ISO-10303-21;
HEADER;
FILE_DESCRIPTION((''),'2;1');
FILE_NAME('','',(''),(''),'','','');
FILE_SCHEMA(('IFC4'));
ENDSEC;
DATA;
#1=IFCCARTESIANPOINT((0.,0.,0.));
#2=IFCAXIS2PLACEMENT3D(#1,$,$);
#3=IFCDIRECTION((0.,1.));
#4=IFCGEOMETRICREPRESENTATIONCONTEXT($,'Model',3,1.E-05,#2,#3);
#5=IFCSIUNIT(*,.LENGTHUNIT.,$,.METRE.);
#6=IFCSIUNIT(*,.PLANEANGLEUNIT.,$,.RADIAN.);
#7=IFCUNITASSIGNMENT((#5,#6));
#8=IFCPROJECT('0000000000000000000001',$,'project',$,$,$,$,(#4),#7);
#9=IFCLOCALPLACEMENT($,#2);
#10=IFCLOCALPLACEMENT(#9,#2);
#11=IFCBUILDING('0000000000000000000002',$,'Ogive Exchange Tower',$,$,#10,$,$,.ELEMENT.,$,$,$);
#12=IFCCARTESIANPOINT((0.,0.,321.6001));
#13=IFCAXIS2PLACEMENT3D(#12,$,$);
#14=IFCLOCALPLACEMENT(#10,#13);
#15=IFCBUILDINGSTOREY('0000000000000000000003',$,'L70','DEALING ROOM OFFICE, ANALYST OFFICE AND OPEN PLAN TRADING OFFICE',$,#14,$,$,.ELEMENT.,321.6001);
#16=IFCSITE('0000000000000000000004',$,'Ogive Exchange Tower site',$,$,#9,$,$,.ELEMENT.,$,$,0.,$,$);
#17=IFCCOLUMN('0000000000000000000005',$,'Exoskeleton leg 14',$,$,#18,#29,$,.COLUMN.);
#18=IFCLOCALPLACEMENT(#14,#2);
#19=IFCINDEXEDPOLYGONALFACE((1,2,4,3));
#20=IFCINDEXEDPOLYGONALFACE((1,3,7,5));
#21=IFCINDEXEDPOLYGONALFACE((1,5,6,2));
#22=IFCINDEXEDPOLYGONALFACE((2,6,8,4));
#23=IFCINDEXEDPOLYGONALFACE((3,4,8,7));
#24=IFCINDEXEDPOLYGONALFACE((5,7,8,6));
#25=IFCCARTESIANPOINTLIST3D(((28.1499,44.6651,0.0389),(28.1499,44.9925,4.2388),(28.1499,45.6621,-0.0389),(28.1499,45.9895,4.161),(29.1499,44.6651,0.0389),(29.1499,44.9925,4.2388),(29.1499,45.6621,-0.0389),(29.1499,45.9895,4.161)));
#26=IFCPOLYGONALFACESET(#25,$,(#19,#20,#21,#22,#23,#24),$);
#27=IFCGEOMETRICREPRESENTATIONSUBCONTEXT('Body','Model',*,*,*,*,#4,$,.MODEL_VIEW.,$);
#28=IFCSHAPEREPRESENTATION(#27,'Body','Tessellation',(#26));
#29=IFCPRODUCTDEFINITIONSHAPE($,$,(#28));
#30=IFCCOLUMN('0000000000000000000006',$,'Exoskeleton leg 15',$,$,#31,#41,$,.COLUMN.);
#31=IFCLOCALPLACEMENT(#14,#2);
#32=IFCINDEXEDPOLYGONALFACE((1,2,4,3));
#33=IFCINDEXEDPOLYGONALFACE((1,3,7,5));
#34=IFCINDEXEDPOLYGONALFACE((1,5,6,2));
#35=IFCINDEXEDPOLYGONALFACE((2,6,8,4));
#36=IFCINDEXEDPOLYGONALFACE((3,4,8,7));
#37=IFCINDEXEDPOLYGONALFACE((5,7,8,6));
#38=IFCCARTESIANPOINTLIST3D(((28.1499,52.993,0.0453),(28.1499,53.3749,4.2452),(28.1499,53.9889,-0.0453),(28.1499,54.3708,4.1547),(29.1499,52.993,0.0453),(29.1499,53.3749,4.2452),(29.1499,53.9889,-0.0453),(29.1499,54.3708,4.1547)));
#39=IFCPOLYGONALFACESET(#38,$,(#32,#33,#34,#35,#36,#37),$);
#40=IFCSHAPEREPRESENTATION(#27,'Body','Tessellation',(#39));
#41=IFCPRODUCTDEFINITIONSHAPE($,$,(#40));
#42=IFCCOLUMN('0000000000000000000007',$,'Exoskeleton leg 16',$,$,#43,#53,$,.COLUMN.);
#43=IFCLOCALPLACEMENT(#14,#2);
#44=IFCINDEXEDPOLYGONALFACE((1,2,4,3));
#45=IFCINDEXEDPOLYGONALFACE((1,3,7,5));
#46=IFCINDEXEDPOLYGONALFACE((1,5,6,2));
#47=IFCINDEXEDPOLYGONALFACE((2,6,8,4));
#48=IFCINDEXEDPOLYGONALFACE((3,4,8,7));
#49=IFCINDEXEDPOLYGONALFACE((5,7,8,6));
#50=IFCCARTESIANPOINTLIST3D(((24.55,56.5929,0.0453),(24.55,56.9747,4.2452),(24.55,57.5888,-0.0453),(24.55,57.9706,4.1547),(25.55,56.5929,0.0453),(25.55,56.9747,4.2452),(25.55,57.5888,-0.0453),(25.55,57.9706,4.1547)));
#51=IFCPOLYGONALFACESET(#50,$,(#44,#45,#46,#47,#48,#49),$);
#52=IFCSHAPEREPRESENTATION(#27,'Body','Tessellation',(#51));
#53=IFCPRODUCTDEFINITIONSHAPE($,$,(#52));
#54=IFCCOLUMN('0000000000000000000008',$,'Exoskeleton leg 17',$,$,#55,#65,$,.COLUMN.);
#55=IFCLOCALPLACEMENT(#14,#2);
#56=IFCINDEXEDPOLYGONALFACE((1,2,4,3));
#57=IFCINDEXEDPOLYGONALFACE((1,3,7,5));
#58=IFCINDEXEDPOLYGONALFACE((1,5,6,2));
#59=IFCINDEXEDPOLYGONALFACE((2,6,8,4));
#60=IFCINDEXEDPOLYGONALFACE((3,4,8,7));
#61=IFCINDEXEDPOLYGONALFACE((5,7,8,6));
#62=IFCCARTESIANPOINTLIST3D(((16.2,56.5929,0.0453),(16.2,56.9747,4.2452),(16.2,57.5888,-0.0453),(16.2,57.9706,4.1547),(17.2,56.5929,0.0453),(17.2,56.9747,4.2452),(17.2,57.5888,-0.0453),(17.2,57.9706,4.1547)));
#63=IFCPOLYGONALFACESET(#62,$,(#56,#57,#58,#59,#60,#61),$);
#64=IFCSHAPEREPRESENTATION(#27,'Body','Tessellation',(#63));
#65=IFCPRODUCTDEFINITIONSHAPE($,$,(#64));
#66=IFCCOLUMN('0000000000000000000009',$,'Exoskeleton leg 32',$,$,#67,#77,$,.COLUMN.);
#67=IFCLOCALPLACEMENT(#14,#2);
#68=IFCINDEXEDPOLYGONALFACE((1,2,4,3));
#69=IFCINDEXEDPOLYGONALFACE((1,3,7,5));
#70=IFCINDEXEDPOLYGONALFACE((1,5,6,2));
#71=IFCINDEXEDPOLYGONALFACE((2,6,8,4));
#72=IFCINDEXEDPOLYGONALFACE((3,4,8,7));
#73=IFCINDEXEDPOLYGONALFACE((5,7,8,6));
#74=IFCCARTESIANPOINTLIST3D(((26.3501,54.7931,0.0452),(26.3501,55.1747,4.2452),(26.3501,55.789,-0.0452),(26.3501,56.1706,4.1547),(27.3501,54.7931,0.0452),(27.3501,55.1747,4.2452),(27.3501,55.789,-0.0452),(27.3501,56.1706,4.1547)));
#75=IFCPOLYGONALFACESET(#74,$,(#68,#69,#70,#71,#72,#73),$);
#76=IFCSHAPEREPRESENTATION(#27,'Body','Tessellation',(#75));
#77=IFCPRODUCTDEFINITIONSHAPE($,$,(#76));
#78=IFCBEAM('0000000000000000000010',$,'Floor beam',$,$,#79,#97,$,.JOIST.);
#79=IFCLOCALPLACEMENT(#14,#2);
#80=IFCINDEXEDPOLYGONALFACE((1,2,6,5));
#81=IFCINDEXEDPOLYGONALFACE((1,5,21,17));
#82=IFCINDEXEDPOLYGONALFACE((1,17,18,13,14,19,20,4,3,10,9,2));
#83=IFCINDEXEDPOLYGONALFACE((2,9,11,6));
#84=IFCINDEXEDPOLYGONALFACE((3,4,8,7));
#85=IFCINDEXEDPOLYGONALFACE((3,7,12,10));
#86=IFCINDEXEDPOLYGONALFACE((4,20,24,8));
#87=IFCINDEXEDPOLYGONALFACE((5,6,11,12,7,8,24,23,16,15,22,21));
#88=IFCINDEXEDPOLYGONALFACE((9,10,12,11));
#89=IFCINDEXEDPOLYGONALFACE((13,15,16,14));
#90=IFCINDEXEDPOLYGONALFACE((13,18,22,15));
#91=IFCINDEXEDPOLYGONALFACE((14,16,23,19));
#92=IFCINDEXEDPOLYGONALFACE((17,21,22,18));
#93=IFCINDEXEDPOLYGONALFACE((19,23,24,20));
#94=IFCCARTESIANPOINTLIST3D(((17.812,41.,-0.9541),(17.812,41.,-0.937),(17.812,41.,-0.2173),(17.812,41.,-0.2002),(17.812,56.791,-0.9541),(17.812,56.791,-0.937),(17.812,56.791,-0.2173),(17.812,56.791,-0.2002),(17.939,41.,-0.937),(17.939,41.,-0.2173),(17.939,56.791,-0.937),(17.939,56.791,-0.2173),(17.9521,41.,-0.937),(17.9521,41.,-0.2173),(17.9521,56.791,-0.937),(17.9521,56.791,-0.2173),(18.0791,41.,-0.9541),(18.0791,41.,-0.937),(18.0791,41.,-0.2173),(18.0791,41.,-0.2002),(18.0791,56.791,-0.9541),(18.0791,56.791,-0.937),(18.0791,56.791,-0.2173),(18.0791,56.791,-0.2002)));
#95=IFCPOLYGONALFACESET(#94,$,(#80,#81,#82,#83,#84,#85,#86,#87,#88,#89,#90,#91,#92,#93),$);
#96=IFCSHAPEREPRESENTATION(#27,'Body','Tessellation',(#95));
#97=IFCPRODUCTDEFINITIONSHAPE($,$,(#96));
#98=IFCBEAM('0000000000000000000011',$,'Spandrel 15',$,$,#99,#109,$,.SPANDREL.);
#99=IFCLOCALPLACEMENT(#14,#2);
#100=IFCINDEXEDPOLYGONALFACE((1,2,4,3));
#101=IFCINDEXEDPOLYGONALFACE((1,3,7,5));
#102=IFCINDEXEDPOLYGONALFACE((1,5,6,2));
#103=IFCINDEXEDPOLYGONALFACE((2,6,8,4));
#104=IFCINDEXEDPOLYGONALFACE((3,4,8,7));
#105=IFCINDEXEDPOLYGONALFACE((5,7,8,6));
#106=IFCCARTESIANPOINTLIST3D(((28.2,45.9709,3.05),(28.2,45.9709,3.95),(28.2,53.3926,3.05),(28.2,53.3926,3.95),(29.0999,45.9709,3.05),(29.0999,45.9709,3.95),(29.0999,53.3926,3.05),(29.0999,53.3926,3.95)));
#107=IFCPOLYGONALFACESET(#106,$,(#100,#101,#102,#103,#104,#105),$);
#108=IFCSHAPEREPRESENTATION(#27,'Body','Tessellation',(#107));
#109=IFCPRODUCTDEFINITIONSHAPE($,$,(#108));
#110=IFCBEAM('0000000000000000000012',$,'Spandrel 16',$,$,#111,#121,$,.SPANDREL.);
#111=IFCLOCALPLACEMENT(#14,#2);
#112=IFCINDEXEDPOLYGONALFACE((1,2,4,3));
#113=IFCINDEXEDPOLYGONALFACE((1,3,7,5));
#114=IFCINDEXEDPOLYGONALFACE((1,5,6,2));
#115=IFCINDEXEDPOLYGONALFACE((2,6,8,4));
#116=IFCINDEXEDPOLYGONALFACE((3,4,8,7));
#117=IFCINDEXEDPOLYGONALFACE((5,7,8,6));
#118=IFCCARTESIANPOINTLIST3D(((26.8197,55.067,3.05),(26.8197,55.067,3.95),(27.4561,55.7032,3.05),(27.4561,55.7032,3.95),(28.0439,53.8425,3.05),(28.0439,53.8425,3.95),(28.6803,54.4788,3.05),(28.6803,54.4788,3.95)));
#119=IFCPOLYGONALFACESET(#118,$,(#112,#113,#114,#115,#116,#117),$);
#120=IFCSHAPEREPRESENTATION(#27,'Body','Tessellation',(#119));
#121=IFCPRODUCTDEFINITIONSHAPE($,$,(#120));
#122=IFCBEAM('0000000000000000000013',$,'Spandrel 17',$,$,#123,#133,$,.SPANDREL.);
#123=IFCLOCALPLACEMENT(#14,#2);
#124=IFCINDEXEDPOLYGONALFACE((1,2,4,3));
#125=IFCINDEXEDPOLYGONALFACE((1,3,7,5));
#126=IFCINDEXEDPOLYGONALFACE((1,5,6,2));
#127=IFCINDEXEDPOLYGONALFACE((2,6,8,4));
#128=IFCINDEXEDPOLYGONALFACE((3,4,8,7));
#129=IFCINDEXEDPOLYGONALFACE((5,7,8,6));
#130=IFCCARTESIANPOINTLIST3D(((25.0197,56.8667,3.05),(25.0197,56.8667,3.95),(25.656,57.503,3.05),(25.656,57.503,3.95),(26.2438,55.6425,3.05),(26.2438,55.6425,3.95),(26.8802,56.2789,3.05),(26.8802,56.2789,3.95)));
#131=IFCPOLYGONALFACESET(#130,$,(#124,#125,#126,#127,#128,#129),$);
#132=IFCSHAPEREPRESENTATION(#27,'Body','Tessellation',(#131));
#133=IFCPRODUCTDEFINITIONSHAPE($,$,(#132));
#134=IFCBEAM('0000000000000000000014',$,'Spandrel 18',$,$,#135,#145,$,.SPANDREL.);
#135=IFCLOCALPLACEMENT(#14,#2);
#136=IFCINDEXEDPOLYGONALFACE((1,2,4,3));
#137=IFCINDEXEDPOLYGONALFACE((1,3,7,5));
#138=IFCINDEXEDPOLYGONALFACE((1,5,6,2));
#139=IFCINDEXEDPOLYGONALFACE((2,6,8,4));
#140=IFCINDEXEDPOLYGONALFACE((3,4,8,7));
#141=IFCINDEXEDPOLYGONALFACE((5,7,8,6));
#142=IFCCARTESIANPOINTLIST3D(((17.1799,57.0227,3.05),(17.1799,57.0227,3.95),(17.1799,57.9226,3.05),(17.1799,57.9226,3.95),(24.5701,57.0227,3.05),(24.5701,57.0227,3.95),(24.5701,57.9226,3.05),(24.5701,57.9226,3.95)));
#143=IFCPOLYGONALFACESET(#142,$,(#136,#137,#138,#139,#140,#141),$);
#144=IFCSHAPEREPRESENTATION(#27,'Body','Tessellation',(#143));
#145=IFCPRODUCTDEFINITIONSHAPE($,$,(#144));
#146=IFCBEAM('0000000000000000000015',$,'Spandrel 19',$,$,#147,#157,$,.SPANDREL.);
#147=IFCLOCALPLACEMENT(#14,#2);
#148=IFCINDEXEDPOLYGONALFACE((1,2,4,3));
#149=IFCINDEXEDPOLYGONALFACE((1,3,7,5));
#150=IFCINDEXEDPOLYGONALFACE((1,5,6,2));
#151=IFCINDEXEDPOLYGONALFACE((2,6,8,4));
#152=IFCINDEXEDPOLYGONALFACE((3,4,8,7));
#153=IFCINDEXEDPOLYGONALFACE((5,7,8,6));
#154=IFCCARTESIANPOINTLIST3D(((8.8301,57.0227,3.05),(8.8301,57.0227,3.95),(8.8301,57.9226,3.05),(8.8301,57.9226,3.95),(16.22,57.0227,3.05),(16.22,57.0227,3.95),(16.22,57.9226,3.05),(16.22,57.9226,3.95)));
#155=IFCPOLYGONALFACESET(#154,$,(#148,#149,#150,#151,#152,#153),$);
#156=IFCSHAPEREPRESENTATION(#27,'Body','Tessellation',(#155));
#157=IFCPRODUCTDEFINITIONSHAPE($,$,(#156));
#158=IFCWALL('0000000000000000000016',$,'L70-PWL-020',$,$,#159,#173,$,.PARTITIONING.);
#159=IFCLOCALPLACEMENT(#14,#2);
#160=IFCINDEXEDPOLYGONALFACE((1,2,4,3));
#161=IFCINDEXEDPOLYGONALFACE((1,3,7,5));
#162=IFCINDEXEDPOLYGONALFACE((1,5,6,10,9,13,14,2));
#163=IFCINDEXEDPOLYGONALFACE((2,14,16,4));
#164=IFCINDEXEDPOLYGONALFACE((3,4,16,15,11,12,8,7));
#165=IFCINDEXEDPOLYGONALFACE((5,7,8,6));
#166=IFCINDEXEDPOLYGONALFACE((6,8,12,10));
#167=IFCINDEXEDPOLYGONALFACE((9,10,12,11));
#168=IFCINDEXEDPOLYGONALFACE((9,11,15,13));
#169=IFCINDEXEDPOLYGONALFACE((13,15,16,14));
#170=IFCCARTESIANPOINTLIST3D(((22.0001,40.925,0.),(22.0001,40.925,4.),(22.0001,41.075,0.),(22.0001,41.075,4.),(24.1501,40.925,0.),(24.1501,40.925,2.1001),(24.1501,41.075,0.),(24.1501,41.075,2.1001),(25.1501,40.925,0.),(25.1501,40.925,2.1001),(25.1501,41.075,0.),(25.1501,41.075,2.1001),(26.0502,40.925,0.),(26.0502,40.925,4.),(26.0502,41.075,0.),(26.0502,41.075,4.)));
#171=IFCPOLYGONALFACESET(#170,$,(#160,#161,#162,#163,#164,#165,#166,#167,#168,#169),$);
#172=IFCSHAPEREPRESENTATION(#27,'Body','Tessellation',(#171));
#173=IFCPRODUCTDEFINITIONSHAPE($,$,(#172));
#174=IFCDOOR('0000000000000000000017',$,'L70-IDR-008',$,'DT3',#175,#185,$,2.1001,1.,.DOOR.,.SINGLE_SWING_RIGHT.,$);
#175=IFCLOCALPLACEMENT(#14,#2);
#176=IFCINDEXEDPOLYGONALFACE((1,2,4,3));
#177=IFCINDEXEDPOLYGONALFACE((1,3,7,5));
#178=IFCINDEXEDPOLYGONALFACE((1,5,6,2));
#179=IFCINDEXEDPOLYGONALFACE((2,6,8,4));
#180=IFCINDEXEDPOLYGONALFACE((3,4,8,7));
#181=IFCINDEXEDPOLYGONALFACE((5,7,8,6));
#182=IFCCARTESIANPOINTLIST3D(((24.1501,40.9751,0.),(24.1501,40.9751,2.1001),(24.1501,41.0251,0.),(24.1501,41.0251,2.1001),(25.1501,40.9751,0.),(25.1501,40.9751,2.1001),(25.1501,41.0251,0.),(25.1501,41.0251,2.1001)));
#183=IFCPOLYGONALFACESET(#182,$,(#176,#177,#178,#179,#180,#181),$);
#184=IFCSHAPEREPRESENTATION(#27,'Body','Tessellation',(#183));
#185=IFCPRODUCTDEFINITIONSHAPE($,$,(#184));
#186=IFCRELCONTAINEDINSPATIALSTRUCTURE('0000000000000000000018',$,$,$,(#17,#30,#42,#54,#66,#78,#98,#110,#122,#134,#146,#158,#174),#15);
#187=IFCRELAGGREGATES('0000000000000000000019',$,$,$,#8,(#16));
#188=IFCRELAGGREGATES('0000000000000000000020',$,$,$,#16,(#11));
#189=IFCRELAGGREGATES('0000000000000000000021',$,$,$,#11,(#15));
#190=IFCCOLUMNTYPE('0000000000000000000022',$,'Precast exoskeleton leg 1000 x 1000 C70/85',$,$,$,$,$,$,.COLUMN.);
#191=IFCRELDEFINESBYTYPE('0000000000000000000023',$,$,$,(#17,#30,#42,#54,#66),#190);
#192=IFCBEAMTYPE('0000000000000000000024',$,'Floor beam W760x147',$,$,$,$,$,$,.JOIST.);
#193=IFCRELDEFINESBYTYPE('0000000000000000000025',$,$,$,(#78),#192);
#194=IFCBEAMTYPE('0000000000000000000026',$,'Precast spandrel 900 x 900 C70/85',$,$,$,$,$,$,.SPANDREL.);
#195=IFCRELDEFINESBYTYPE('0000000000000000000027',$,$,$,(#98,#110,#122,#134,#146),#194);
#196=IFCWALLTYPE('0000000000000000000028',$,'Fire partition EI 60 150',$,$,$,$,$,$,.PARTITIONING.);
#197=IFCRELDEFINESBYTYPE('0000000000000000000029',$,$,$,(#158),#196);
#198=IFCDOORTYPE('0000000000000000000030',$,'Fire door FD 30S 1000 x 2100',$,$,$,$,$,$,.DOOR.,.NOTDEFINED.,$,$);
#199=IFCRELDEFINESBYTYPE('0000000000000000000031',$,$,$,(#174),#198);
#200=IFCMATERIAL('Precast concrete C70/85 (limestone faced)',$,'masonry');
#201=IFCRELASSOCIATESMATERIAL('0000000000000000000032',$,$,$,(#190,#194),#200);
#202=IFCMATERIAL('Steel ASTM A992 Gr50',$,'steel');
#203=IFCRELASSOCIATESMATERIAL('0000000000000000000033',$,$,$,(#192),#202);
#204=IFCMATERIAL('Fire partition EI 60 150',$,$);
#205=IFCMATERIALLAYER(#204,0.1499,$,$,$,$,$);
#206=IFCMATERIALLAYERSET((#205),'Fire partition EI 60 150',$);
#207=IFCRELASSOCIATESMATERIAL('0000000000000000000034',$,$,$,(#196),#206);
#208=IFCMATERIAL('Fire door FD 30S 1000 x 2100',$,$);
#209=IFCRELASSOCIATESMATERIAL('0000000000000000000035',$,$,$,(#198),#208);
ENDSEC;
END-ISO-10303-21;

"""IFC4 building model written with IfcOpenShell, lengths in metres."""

from ifc_helpers import new_model, si_unit, direction, frame, frame_2d, origin, origin_2d, place, context, subcontext, project, spatial, rectangle, i_section, extrude, material, layer, layer_set, material_profile, profile_set, type_object, element, fill, save


model = new_model("IFC4")

# Units and contexts
model_context = context("Model", 3, precision=1e-05, world=origin(), true_north=direction((0.0, 1.0)))
body_context = subcontext(model_context, "Body", "Model", "MODEL_VIEW")
ifc_project = project(units=[si_unit("LENGTHUNIT", "METRE"), si_unit("PLANEANGLEUNIT", "RADIAN")], contexts=[model_context])

# Site, building, storey
site_placement = place(None, origin())
site = spatial("IfcSite", under=ifc_project, at=site_placement, Name="Ogive Exchange Tower site", CompositionType="ELEMENT", RefElevation=0.0)
building_placement = place(site_placement, origin())
building = spatial("IfcBuilding", under=site, at=building_placement, Name="Ogive Exchange Tower", CompositionType="ELEMENT")
storey_placement = place(building_placement, frame((0.0, 0.0, 321.6001)))
storey = spatial("IfcBuildingStorey", under=building, at=storey_placement, Name="L70", Description="DEALING ROOM OFFICE, ANALYST OFFICE AND OPEN PLAN TRADING OFFICE", CompositionType="ELEMENT", Elevation=321.6001)

# Columns
ifc_material_1 = material(Name="Precast concrete C70/85 (limestone faced)", Category="masonry")
ifc_material_profile_1 = material_profile(ifc_material_1, rectangle(XDim=1.0, YDim=1.0, at=origin_2d()), Name="1000 x 1000")
ifc_profile_set_1 = profile_set([ifc_material_profile_1], Name="Precast concrete C70/85 (limestone faced)")
column_type = type_object("IfcColumnType", Name="Precast exoskeleton leg 1000 x 1000 C70/85", PredefinedType="COLUMN", material=ifc_profile_set_1)
column_placement = place(storey_placement, frame((28.6499, 45.1636, 0.0), z_axis=(0.0, 0.077716, 0.996976), x_axis=(-1.0, 0.0, 0.0)))
element("IfcColumn", 1, at=column_placement, inside=storey, type_object=column_type, Name="Exoskeleton leg 14", PredefinedType="COLUMN", context=body_context, shape_type="SweptSolid", body=[
    extrude(rectangle(XDim=1.0, YDim=1.0, at=origin_2d()), origin(), (0.0, 0.0, 1.0), 4.2126),
])
for number, where, z_axis, x_axis, name in (
    (2, (28.6499, 53.491, 0.0), (0.0, 0.090541, 0.995893), (-1.0, 0.0, 0.0), "Exoskeleton leg 15"),
    (3, (25.05, 57.0908, 0.0), (0.0, 0.090541, 0.995893), (-1.0, 0.0, 0.0), "Exoskeleton leg 16"),
    (4, (16.7, 57.0908, 0.0), (0.0, 0.090541, 0.995893), (-1.0, 0.0, 0.0), "Exoskeleton leg 17"),
    (5, (26.8501, 55.291, 0.0), (0.0, 0.090484, 0.995898), (-1.0, 0.0, 0.0), "Exoskeleton leg 32"),
):
    element("IfcColumn", number, at=place(storey_placement, frame(where, z_axis=z_axis, x_axis=x_axis)), inside=storey, type_object=column_type, Name=name, PredefinedType="COLUMN", context=body_context, shape_type="SweptSolid", body=[
        extrude(rectangle(XDim=1.0, YDim=1.0, at=origin_2d()), origin(), (0.0, 0.0, 1.0), 4.2173),
    ])

# Beams
ifc_material_2 = material(Name="Steel ASTM A992 Gr50", Category="steel")
ifc_material_profile_2 = material_profile(ifc_material_2, i_section(OverallWidth=0.2671, OverallDepth=0.7539, WebThickness=0.0132, FlangeThickness=0.0171, at=origin_2d()), Name="W760x147")
ifc_profile_set_2 = profile_set([ifc_material_profile_2], Name="Steel ASTM A992 Gr50")
beam_type_1 = type_object("IfcBeamType", Name="Floor beam W760x147", PredefinedType="JOIST", material=ifc_profile_set_2)
beam_1_placement = place(storey_placement, frame((17.9456, 41.0, -0.5771), z_axis=(0.0, 1.0, 0.0), x_axis=(-1.0, 0.0, 0.0)))
element("IfcBeam", 6, at=beam_1_placement, inside=storey, type_object=beam_type_1, Name="Floor beam", PredefinedType="JOIST", context=body_context, shape_type="SweptSolid", body=[
    extrude(i_section(OverallWidth=0.2671, OverallDepth=0.7539, WebThickness=0.0132, FlangeThickness=0.0171, at=origin_2d()), origin(), (0.0, 0.0, 1.0), 15.791),
])
ifc_material_profile_3 = material_profile(ifc_material_1, rectangle(XDim=0.8999, YDim=0.8999, at=origin_2d()), Name="900 x 900")
ifc_profile_set_3 = profile_set([ifc_material_profile_3], Name="Precast concrete C70/85 (limestone faced)")
beam_type_2 = type_object("IfcBeamType", Name="Precast spandrel 900 x 900 C70/85", PredefinedType="SPANDREL", material=ifc_profile_set_3)
beam_2_placement = place(storey_placement, frame((28.6499, 45.9709, 3.5), z_axis=(0.0, 1.0, 0.0), x_axis=(-1.0, 0.0, 0.0)))
element("IfcBeam", 7, at=beam_2_placement, inside=storey, type_object=beam_type_2, Name="Spandrel 15", PredefinedType="SPANDREL", context=body_context, shape_type="SweptSolid", body=[
    extrude(rectangle(XDim=0.8999, YDim=0.8999, at=origin_2d()), origin(), (0.0, 0.0, 1.0), 7.4216),
])
beam_3_placement = place(storey_placement, frame((28.3621, 54.1606, 3.5), z_axis=(-0.707036, 0.707177, 0.0), x_axis=(-0.707177, -0.707036, 0.0)))
element("IfcBeam", 8, at=beam_3_placement, inside=storey, type_object=beam_type_2, Name="Spandrel 16", PredefinedType="SPANDREL", context=body_context, shape_type="SweptSolid", body=[
    extrude(rectangle(XDim=0.8999, YDim=0.8999, at=origin_2d()), origin(), (0.0, 0.0, 1.0), 1.7314),
])
beam_4_placement = place(storey_placement, frame((26.562, 55.9607, 3.5), z_axis=(-0.707107, 0.707107, 0.0), x_axis=(-0.707107, -0.707107, 0.0)))
element("IfcBeam", 9, at=beam_4_placement, inside=storey, type_object=beam_type_2, Name="Spandrel 17", PredefinedType="SPANDREL", context=body_context, shape_type="SweptSolid", body=[
    extrude(rectangle(XDim=0.8999, YDim=0.8999, at=origin_2d()), origin(), (0.0, 0.0, 1.0), 1.7312),
])
beam_5_placement = place(storey_placement, frame((24.5701, 57.4727, 3.5), z_axis=(-1.0, 0.0, 0.0), x_axis=(0.0, -1.0, 0.0)))
element("IfcBeam", 10, at=beam_5_placement, inside=storey, type_object=beam_type_2, Name="Spandrel 18", PredefinedType="SPANDREL", context=body_context, shape_type="SweptSolid", body=[
    extrude(rectangle(XDim=0.8999, YDim=0.8999, at=origin_2d()), origin(), (0.0, 0.0, 1.0), 7.3901),
])
beam_6_placement = place(storey_placement, frame((16.22, 57.4727, 3.5), z_axis=(-1.0, 0.0, 0.0), x_axis=(0.0, -1.0, 0.0)))
element("IfcBeam", 11, at=beam_6_placement, inside=storey, type_object=beam_type_2, Name="Spandrel 19", PredefinedType="SPANDREL", context=body_context, shape_type="SweptSolid", body=[
    extrude(rectangle(XDim=0.8999, YDim=0.8999, at=origin_2d()), origin(), (0.0, 0.0, 1.0), 7.3899),
])

# Wall, opening, door
ifc_material_3 = material(Name="Fire partition EI 60 150")
ifc_layer_1 = layer(ifc_material_3, 0.1499)
ifc_layer_set_1 = layer_set([ifc_layer_1], Name="Fire partition EI 60 150")
wall_type_1 = type_object("IfcWallType", Name="Fire partition EI 60 150", PredefinedType="PARTITIONING", material=ifc_layer_set_1)
wall_1_placement = place(storey_placement, frame((26.05, 41.0, 0.0), z_axis=(0.0, 0.0, 1.0), x_axis=(-1.0, 0.0, 0.0)))
wall_1 = element("IfcWall", 12, at=wall_1_placement, inside=storey, type_object=wall_type_1, Name="L70-PWL-020", PredefinedType="PARTITIONING", context=body_context, shape_type="SweptSolid", body=[
    extrude(rectangle(XDim=4.05, YDim=0.1499, at=frame_2d((2.0249, 0.0))), origin(), (0.0, 0.0, 1.0), 4.0),
])
opening_1_placement = place(wall_1_placement, frame((0.8999, 0.0, 0.0)))
opening_1 = element("IfcOpeningElement", 13, at=opening_1_placement, cuts=wall_1, PredefinedType="OPENING", context=body_context, shape_type="SweptSolid", body=[
    extrude(rectangle(XDim=1.0, YDim=2.1001, at=frame_2d((0.5, 1.05))), frame((0.0, 0.085, 0.0), z_axis=(0.0, -1.0, 0.0), x_axis=(1.0, 0.0, 0.0)), (0.0, 0.0, 1.0), 0.1699),
])
ifc_material_4 = material(Name="Fire door FD 30S 1000 x 2100")
door_type_1 = type_object("IfcDoorType", Name="Fire door FD 30S 1000 x 2100", OperationType="NOTDEFINED", PredefinedType="DOOR", material=ifc_material_4)
door_1_placement = place(opening_1_placement, origin())
door_1 = element("IfcDoor", 14, at=door_1_placement, inside=storey, type_object=door_type_1, Name="L70-IDR-008", ObjectType="DT3", OperationType="SINGLE_SWING_RIGHT", OverallHeight=2.1001, OverallWidth=1.0, PredefinedType="DOOR", context=body_context, shape_type="SweptSolid", body=[
    extrude(rectangle(XDim=1.0, YDim=2.1001, at=frame_2d((0.5, 1.05))), frame((0.0, 0.0249, 0.0), z_axis=(0.0, -1.0, 0.0), x_axis=(1.0, 0.0, 0.0)), (0.0, 0.0, 1.0), 0.05),
])
fill(opening_1, door_1)

save(model, "model.ifc")
